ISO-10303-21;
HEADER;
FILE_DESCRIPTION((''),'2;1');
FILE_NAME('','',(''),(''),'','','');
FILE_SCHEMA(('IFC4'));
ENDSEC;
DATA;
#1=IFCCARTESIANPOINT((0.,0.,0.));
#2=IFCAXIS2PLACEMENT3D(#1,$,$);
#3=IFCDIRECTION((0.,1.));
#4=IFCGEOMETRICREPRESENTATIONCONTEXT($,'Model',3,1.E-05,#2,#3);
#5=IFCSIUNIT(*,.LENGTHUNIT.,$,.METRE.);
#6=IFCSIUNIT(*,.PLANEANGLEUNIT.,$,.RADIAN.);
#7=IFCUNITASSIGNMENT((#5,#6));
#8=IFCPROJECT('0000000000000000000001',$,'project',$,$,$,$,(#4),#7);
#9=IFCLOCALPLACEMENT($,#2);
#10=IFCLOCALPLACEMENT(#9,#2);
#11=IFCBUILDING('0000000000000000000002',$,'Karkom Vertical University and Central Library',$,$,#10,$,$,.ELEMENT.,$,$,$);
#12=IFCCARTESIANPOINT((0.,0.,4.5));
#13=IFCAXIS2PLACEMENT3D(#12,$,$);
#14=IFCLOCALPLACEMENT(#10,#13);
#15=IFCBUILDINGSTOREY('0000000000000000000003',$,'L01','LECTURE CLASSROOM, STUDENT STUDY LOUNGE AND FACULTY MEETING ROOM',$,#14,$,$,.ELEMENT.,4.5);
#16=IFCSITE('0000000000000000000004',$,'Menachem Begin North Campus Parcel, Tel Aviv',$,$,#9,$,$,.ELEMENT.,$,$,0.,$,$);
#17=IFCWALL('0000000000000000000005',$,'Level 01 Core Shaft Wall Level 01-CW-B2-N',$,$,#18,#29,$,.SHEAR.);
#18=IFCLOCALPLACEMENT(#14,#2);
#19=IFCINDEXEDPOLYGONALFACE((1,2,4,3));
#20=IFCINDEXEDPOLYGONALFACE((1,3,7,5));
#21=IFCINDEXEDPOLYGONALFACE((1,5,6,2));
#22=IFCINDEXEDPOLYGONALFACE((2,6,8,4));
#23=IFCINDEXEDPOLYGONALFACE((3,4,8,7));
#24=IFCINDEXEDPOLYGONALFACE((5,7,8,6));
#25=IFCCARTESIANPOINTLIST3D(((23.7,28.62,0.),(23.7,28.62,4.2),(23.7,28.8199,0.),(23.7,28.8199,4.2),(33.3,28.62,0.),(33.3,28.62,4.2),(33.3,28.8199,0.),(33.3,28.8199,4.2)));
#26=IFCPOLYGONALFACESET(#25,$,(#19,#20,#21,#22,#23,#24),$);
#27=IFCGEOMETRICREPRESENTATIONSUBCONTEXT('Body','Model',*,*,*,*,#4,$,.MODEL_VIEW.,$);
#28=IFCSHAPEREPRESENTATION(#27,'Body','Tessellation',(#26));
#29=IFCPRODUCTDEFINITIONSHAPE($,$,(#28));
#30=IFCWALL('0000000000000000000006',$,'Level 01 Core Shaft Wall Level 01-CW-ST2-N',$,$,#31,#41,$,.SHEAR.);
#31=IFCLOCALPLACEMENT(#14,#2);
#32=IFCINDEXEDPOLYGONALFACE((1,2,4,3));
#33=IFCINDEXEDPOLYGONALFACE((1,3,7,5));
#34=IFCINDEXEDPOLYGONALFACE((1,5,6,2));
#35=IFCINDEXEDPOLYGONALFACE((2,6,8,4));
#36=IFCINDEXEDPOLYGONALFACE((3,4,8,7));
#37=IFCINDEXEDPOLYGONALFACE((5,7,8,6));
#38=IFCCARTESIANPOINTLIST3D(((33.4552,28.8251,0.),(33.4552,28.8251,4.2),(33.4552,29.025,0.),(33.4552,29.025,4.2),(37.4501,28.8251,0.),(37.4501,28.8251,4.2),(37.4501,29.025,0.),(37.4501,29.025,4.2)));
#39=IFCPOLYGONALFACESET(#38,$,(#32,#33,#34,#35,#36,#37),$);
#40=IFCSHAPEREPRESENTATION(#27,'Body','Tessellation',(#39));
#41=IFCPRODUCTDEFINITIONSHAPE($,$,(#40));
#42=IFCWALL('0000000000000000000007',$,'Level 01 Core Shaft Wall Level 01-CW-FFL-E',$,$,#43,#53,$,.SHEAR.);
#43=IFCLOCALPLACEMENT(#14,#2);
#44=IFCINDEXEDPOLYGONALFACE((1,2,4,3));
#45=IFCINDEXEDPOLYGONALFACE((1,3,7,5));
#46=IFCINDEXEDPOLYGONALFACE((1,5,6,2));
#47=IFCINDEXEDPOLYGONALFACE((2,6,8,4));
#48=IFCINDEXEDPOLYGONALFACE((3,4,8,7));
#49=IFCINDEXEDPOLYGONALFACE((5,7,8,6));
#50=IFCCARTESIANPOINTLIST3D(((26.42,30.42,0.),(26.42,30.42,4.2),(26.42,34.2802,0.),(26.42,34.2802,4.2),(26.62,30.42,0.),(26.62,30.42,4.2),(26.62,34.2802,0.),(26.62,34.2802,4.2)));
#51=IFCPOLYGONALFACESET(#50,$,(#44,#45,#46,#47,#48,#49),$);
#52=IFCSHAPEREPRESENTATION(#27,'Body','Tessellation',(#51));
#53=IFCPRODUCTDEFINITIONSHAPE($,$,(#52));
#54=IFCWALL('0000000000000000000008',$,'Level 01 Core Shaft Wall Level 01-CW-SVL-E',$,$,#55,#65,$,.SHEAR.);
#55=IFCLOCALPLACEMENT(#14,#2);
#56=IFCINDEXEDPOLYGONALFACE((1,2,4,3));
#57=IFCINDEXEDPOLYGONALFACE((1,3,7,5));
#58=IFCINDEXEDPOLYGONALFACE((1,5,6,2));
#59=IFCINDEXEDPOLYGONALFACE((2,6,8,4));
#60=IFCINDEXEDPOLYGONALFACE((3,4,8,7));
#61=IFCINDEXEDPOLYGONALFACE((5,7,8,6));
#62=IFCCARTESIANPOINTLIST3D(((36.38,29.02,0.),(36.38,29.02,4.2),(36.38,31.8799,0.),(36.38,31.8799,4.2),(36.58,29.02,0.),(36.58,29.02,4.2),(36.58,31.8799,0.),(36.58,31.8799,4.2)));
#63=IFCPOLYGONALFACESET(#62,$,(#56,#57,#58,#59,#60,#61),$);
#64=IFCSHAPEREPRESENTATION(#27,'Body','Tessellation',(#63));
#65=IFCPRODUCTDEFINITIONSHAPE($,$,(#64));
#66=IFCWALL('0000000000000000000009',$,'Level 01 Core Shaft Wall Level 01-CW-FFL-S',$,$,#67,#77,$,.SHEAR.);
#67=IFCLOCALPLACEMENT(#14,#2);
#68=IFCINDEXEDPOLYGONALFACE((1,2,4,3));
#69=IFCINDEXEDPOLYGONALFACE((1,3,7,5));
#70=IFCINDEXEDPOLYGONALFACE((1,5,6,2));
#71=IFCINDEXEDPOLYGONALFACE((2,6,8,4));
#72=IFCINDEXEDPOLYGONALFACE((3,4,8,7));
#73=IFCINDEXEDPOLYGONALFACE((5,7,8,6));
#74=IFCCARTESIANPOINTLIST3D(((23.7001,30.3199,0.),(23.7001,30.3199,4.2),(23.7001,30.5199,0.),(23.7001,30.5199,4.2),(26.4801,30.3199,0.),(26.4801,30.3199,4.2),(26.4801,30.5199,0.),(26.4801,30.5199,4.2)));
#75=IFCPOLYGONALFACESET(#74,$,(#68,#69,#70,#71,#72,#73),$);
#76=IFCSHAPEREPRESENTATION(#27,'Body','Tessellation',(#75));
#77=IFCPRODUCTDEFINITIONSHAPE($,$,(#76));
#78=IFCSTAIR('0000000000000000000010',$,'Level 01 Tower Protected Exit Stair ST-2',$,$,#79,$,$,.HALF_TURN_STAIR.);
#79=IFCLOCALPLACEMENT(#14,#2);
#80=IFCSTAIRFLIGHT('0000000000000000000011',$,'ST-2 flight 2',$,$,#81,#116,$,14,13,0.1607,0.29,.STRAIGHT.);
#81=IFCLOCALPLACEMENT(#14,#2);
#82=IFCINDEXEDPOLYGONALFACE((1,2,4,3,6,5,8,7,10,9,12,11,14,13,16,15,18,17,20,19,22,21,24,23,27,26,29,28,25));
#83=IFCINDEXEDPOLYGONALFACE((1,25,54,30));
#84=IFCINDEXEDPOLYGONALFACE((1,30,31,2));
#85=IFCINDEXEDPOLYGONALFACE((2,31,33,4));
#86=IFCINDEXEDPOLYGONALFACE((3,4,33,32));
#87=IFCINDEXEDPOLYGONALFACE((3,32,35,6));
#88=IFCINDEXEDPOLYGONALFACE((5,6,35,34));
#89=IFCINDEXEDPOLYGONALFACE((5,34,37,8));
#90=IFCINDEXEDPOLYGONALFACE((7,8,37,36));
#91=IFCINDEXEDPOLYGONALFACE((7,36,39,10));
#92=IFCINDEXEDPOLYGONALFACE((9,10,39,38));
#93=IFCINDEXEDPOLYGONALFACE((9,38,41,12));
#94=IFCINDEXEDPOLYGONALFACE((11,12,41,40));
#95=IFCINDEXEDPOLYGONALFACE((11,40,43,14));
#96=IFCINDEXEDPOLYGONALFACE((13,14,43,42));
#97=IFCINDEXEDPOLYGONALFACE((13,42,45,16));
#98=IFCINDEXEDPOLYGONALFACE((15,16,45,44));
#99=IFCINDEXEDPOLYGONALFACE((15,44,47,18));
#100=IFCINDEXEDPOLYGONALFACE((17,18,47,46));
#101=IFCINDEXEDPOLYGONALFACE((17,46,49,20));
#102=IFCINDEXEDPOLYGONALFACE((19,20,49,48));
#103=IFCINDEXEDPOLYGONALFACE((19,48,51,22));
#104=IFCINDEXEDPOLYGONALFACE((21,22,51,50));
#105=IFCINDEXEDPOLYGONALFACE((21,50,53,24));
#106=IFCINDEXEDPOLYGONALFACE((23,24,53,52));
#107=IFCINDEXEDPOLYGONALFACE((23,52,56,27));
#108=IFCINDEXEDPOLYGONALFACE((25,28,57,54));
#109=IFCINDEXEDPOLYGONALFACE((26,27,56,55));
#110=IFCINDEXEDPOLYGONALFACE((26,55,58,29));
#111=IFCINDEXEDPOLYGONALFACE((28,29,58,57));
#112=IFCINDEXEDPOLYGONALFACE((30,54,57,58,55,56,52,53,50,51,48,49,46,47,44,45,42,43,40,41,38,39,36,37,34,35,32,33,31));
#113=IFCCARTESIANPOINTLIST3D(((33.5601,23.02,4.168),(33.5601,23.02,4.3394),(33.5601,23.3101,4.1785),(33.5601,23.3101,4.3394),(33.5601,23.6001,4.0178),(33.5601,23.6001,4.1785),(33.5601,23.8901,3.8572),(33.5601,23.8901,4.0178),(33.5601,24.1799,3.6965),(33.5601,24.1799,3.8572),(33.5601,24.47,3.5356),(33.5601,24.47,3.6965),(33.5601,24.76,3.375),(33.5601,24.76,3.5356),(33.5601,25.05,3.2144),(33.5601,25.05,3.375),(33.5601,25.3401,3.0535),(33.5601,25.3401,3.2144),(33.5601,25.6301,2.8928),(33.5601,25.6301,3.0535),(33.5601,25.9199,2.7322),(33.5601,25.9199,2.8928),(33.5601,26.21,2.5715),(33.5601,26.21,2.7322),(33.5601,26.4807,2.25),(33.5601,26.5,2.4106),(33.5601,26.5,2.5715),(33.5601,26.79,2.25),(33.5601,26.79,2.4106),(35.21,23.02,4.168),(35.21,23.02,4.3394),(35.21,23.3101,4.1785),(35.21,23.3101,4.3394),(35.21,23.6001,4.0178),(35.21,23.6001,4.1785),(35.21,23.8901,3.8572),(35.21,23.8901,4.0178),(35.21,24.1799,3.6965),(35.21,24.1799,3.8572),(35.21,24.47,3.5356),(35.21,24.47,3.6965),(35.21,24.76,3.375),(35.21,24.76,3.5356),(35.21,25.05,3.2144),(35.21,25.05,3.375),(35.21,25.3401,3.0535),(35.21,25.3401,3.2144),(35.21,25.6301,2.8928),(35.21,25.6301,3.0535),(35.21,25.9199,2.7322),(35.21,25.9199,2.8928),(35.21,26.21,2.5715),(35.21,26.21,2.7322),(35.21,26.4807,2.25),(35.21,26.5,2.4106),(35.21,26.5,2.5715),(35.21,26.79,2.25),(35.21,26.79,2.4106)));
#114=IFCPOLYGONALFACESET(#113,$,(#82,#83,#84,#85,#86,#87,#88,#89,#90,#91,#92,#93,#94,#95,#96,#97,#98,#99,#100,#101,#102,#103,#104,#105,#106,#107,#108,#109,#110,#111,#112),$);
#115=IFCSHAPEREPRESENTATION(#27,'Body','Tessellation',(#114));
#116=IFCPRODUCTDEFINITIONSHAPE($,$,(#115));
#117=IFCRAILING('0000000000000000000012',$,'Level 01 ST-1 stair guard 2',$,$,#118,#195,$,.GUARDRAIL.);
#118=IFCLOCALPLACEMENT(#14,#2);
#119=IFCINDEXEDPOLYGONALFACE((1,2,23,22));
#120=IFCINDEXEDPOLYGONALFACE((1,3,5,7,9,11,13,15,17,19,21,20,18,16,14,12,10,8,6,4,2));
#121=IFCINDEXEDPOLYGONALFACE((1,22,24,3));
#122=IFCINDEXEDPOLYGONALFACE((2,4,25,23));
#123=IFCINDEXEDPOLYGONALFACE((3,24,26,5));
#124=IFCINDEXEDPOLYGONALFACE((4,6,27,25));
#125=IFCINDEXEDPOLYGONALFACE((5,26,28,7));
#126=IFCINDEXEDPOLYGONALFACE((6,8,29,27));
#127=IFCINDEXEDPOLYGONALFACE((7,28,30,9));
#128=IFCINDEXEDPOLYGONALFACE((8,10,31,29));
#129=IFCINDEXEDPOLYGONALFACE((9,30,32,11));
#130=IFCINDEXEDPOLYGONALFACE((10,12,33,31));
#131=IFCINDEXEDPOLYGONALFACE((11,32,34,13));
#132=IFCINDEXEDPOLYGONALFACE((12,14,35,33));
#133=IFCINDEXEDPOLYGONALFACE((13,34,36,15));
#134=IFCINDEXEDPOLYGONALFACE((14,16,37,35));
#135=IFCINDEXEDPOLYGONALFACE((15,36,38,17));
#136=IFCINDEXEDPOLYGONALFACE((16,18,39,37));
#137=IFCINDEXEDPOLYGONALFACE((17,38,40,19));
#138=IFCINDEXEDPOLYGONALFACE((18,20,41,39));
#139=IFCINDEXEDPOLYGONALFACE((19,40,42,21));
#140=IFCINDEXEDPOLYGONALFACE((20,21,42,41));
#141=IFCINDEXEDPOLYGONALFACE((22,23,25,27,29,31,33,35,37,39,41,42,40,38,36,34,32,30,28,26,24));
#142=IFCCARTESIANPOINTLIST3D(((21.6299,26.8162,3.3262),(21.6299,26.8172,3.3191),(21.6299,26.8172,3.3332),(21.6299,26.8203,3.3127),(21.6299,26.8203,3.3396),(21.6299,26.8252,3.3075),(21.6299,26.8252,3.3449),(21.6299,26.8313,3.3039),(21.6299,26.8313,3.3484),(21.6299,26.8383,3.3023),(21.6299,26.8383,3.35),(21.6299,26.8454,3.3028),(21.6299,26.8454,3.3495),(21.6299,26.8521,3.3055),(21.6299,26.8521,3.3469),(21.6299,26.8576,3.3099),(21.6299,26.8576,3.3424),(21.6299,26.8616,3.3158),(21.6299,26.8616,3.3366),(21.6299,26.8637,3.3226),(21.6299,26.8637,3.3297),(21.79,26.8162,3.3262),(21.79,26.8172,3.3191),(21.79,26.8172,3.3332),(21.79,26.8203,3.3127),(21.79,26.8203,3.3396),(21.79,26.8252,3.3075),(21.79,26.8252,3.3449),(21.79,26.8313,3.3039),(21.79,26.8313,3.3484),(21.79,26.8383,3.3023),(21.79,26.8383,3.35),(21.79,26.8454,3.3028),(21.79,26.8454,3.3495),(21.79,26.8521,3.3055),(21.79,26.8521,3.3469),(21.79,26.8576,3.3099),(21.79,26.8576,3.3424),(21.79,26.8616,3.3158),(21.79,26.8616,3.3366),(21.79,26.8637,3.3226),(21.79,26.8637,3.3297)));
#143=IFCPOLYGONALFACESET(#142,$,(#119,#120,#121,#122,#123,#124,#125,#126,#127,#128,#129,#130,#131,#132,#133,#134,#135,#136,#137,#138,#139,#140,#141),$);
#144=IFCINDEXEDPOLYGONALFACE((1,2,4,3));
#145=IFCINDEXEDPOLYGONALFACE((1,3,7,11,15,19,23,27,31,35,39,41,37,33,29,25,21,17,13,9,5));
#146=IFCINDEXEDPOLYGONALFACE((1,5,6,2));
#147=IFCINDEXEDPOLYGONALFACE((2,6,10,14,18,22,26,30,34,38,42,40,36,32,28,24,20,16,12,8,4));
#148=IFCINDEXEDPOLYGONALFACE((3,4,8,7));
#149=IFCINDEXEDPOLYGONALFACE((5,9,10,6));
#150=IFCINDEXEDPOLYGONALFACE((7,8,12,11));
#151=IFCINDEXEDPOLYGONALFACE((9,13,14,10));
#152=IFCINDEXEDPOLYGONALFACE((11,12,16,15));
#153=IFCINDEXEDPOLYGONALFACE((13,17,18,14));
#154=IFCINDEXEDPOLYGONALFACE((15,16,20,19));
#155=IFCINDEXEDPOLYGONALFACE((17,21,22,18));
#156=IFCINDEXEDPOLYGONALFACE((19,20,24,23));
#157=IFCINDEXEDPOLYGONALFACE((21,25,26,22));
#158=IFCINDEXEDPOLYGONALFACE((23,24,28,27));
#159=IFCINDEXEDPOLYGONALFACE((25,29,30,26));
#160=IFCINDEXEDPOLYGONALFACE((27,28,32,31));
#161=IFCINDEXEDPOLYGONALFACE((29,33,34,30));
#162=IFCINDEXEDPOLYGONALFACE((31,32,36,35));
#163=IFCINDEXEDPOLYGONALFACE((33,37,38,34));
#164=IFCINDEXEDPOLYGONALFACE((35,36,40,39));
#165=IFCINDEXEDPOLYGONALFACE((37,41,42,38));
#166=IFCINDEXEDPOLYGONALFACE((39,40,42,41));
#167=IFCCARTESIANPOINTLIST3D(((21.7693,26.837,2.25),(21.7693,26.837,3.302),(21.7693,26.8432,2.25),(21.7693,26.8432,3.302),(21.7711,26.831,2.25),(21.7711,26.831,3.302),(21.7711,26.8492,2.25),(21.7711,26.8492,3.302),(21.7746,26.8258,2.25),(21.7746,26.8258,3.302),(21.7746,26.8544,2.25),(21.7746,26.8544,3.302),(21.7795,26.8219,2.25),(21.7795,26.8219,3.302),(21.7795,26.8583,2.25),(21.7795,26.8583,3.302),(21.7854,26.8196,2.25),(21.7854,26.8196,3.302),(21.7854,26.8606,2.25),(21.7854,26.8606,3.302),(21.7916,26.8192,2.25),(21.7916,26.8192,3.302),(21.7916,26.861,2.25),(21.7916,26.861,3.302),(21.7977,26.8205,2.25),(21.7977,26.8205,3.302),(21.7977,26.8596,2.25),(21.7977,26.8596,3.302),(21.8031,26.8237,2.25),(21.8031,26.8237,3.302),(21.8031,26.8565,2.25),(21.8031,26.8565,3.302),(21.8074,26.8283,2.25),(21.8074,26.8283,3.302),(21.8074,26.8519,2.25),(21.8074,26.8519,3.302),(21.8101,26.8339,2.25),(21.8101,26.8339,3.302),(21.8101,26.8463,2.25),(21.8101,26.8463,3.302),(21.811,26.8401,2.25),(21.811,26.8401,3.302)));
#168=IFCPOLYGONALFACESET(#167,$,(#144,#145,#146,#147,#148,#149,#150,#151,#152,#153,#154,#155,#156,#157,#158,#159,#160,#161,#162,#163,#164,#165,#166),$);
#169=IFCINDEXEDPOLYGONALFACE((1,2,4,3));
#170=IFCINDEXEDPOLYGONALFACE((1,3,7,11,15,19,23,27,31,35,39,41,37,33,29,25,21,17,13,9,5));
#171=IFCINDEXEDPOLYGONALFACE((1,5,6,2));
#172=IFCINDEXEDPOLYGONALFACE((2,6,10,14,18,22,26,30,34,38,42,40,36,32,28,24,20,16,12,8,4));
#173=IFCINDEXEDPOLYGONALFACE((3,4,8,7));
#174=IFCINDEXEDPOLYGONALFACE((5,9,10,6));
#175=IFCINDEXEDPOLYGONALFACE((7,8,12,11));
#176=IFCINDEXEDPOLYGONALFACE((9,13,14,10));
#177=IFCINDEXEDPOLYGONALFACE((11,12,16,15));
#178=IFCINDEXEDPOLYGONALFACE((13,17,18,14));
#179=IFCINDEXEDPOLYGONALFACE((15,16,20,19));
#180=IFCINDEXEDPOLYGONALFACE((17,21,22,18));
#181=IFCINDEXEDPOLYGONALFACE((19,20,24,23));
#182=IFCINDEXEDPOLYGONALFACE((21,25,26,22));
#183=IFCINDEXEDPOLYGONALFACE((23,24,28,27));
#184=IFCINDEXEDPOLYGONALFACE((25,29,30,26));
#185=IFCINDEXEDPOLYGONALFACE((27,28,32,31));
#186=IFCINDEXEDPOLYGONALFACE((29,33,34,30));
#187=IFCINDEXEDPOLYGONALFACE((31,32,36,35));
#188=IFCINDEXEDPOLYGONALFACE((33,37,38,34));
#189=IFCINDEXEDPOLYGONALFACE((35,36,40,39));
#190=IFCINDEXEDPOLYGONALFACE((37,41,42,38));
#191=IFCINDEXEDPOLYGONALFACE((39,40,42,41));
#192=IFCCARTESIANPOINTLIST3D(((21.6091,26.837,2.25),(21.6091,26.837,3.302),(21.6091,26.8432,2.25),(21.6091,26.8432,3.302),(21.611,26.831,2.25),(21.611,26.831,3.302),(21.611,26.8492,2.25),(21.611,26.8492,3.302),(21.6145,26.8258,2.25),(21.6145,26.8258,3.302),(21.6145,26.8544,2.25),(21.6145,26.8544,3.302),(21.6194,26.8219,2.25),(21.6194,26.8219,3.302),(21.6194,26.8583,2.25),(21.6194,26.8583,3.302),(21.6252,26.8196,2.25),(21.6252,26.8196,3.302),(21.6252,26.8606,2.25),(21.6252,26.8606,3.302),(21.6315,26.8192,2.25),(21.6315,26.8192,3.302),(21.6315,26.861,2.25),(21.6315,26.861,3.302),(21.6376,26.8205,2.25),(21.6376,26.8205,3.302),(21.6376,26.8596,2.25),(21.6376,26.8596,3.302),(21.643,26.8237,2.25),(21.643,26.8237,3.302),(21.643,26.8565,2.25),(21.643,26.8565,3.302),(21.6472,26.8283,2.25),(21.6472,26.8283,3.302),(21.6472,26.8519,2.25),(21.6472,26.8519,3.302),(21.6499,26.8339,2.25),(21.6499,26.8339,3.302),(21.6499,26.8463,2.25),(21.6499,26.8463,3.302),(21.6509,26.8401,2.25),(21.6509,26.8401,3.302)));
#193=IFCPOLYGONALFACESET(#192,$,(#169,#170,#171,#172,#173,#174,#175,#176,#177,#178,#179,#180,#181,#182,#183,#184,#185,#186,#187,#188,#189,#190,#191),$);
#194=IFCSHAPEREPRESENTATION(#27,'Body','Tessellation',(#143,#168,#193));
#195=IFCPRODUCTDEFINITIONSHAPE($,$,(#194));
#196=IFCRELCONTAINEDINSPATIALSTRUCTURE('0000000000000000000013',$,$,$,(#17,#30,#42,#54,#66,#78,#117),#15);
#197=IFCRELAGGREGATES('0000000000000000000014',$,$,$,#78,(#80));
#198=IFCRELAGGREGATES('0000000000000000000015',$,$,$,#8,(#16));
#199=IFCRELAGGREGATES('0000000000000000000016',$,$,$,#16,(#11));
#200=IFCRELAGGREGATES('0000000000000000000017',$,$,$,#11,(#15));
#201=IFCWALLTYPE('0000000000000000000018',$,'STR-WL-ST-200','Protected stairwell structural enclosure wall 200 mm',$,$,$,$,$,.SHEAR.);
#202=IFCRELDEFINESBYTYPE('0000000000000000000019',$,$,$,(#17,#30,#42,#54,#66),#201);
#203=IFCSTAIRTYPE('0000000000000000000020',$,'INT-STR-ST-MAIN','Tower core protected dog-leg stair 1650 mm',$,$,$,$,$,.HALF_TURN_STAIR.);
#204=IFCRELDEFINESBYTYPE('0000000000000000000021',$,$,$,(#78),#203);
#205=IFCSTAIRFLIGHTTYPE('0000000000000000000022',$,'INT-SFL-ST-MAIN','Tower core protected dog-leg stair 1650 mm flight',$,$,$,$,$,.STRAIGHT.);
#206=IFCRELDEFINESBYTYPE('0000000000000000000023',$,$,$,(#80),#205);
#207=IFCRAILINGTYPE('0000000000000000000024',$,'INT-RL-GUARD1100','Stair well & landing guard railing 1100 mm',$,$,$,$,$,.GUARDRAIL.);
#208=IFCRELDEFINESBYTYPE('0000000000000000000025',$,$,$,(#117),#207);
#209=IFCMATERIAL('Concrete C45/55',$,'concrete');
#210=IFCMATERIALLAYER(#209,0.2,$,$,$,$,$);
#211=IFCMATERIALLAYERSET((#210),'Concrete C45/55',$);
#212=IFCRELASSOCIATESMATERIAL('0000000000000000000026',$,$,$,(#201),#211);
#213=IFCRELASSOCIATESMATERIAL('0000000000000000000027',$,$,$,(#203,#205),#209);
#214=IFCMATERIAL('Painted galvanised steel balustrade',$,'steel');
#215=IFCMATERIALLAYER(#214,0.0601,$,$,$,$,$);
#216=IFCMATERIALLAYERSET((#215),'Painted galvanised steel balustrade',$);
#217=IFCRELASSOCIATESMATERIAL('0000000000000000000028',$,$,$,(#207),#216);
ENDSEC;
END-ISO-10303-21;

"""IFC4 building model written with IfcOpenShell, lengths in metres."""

from ifc_helpers import new_model, si_unit, direction, frame, frame_2d, origin, origin_2d, place, context, subcontext, project, spatial, polyline, rectangle, circle, outline, extrude, material, layer, layer_set, type_object, element, aggregate, save


model = new_model("IFC4")

# Units and contexts
model_context = context("Model", 3, precision=1e-05, world=origin(), true_north=direction((0.0, 1.0)))
body_context = subcontext(model_context, "Body", "Model", "MODEL_VIEW")
ifc_project = project(units=[si_unit("LENGTHUNIT", "METRE"), si_unit("PLANEANGLEUNIT", "RADIAN")], contexts=[model_context])

# Site, building, storey
site_placement = place(None, origin())
site = spatial("IfcSite", under=ifc_project, at=site_placement, Name="Menachem Begin North Campus Parcel, Tel Aviv", CompositionType="ELEMENT", RefElevation=0.0)
building_placement = place(site_placement, origin())
building = spatial("IfcBuilding", under=site, at=building_placement, Name="Karkom Vertical University and Central Library", CompositionType="ELEMENT")
storey_placement = place(building_placement, frame((0.0, 0.0, 4.5)))
storey = spatial("IfcBuildingStorey", under=building, at=storey_placement, Name="L01", Description="LECTURE CLASSROOM, STUDENT STUDY LOUNGE AND FACULTY MEETING ROOM", CompositionType="ELEMENT", Elevation=4.5)

# Walls
ifc_material_1 = material(Name="Concrete C45/55", Category="concrete")
ifc_layer_1 = layer(ifc_material_1, 0.2)
ifc_layer_set_1 = layer_set([ifc_layer_1], Name="Concrete C45/55")
wall_type_1 = type_object("IfcWallType", Name="STR-WL-ST-200", Description="Protected stairwell structural enclosure wall 200 mm", PredefinedType="SHEAR", material=ifc_layer_set_1)
for number, where, z_axis, x_axis, name in (
    (1, (23.7, 28.72, 0.0), (0.0, 0.0, 1.0), (1.0, 0.0, 0.0), "Level 01 Core Shaft Wall Level 01-CW-B2-N"),
):
    element("IfcWall", number, at=place(storey_placement, frame(where, z_axis=z_axis, x_axis=x_axis)), inside=storey, type_object=wall_type_1, Name=name, PredefinedType="SHEAR", context=body_context, shape_type="SweptSolid", body=[
        extrude(rectangle(XDim=9.6001, YDim=0.2, at=frame_2d((4.8, 0.0))), origin(), (0.0, 0.0, 1.0), 4.2),
    ])
wall_1_placement = place(storey_placement, frame((33.4551, 28.925, 0.0), z_axis=(0.0, 0.0, 1.0), x_axis=(1.0, 0.0, 0.0)))
element("IfcWall", 2, at=wall_1_placement, inside=storey, type_object=wall_type_1, Name="Level 01 Core Shaft Wall Level 01-CW-ST2-N", PredefinedType="SHEAR", context=body_context, shape_type="SweptSolid", body=[
    extrude(rectangle(XDim=3.9949, YDim=0.2, at=frame_2d((1.9976, 0.0))), origin(), (0.0, 0.0, 1.0), 4.2),
])
wall_2_placement = place(storey_placement, frame((26.52, 30.4199, 0.0), z_axis=(0.0, 0.0, 1.0), x_axis=(0.0, 1.0, 0.0)))
element("IfcWall", 3, at=wall_2_placement, inside=storey, type_object=wall_type_1, Name="Level 01 Core Shaft Wall Level 01-CW-FFL-E", PredefinedType="SHEAR", context=body_context, shape_type="SweptSolid", body=[
    extrude(rectangle(XDim=3.8601, YDim=0.2, at=frame_2d((1.9302, 0.0))), origin(), (0.0, 0.0, 1.0), 4.2),
])
wall_3_placement = place(storey_placement, frame((36.48, 29.02, 0.0), z_axis=(0.0, 0.0, 1.0), x_axis=(0.0, 1.0, 0.0)))
element("IfcWall", 4, at=wall_3_placement, inside=storey, type_object=wall_type_1, Name="Level 01 Core Shaft Wall Level 01-CW-SVL-E", PredefinedType="SHEAR", context=body_context, shape_type="SweptSolid", body=[
    extrude(rectangle(XDim=2.8599, YDim=0.2, at=frame_2d((1.4299, 0.0))), origin(), (0.0, 0.0, 1.0), 4.2),
])
wall_4_placement = place(storey_placement, frame((23.7, 30.4199, 0.0), z_axis=(0.0, 0.0, 1.0), x_axis=(1.0, 0.0, 0.0)))
element("IfcWall", 5, at=wall_4_placement, inside=storey, type_object=wall_type_1, Name="Level 01 Core Shaft Wall Level 01-CW-FFL-S", PredefinedType="SHEAR", context=body_context, shape_type="SweptSolid", body=[
    extrude(rectangle(XDim=2.78, YDim=0.2, at=frame_2d((1.3901, 0.0))), origin(), (0.0, 0.0, 1.0), 4.2),
])

# Stair, stair flight
stair_type = type_object("IfcStairType", Name="INT-STR-ST-MAIN", Description="Tower core protected dog-leg stair 1650 mm", PredefinedType="HALF_TURN_STAIR", material=ifc_material_1)
stair_placement = place(storey_placement, origin())
stair = element("IfcStair", 6, at=stair_placement, inside=storey, type_object=stair_type, Name="Level 01 Tower Protected Exit Stair ST-2", PredefinedType="HALF_TURN_STAIR")
stair_flight_type = type_object("IfcStairFlightType", Name="INT-SFL-ST-MAIN", Description="Tower core protected dog-leg stair 1650 mm flight", PredefinedType="STRAIGHT", material=ifc_material_1)
stair_flight_placement = place(storey_placement, frame((34.385, 26.79, 2.25), z_axis=(0.0, 0.0, 1.0), x_axis=(0.0, -1.0, 0.0)))
stair_flight = element("IfcStairFlight", 7, at=stair_flight_placement, type_object=stair_flight_type, Name="ST-2 flight 2", NumberOfRisers=14, NumberOfTreads=13, PredefinedType="STRAIGHT", RiserHeight=0.1607, TreadLength=0.29, context=body_context, shape_type="SweptSolid", body=[
    extrude(outline(polyline([(0.0, 0.0), (0.0, 0.1606), (0.29, 0.1606), (0.29, 0.3215), (0.5801, 0.3215), (0.5801, 0.4822), (0.8701, 0.4822), (0.8701, 0.6428), (1.1599, 0.6428), (1.1599, 0.8035), (1.45, 0.8035), (1.45, 0.9644), (1.74, 0.9644), (1.74, 1.125), (2.03, 1.125), (2.03, 1.2856), (2.3201, 1.2856), (2.3201, 1.4465), (2.6101, 1.4465), (2.6101, 1.6072), (2.8999, 1.6072), (2.8999, 1.7678), (3.1899, 1.7678), (3.1899, 1.9285), (3.48, 1.9285), (3.48, 2.0894), (3.77, 2.0894), (3.77, 2.25), (3.77, 1.918), (0.3093, 0.0), (0.0, 0.0)])), frame((0.0, 0.825, 0.0), z_axis=(0.0, -1.0, 0.0), x_axis=(1.0, 0.0, 0.0)), (0.0, 0.0, 1.0), 1.6499),
])
aggregate(stair, [stair_flight])

# Railing
ifc_material_2 = material(Name="Painted galvanised steel balustrade", Category="steel")
ifc_layer_2 = layer(ifc_material_2, 0.0601)
ifc_layer_set_2 = layer_set([ifc_layer_2], Name="Painted galvanised steel balustrade")
railing_type_1 = type_object("IfcRailingType", Name="INT-RL-GUARD1100", Description="Stair well & landing guard railing 1100 mm", PredefinedType="GUARDRAIL", material=ifc_layer_set_2)
railing_1_placement = place(storey_placement, frame((21.79, 26.8401, 2.25)))
element("IfcRailing", 8, at=railing_1_placement, inside=storey, type_object=railing_type_1, Name="Level 01 ST-1 stair guard 2", PredefinedType="GUARDRAIL", context=body_context, shape_type="SweptSolid", body=[
    extrude(circle(Radius=0.0239, at=origin_2d()), frame((0.0, 0.0, 1.0762), z_axis=(-1.0, 0.0, 0.0), x_axis=(0.0, -1.0, 0.0)), (0.0, 0.0, 1.0), 0.1602),
    extrude(circle(Radius=0.021, at=origin_2d()), origin(), (0.0, 0.0, 1.0), 1.052),
    extrude(circle(Radius=0.021, at=origin_2d()), frame((-0.1602, 0.0, 0.0)), (0.0, 0.0, 1.0), 1.052),
])

save(model, "model.ifc")
